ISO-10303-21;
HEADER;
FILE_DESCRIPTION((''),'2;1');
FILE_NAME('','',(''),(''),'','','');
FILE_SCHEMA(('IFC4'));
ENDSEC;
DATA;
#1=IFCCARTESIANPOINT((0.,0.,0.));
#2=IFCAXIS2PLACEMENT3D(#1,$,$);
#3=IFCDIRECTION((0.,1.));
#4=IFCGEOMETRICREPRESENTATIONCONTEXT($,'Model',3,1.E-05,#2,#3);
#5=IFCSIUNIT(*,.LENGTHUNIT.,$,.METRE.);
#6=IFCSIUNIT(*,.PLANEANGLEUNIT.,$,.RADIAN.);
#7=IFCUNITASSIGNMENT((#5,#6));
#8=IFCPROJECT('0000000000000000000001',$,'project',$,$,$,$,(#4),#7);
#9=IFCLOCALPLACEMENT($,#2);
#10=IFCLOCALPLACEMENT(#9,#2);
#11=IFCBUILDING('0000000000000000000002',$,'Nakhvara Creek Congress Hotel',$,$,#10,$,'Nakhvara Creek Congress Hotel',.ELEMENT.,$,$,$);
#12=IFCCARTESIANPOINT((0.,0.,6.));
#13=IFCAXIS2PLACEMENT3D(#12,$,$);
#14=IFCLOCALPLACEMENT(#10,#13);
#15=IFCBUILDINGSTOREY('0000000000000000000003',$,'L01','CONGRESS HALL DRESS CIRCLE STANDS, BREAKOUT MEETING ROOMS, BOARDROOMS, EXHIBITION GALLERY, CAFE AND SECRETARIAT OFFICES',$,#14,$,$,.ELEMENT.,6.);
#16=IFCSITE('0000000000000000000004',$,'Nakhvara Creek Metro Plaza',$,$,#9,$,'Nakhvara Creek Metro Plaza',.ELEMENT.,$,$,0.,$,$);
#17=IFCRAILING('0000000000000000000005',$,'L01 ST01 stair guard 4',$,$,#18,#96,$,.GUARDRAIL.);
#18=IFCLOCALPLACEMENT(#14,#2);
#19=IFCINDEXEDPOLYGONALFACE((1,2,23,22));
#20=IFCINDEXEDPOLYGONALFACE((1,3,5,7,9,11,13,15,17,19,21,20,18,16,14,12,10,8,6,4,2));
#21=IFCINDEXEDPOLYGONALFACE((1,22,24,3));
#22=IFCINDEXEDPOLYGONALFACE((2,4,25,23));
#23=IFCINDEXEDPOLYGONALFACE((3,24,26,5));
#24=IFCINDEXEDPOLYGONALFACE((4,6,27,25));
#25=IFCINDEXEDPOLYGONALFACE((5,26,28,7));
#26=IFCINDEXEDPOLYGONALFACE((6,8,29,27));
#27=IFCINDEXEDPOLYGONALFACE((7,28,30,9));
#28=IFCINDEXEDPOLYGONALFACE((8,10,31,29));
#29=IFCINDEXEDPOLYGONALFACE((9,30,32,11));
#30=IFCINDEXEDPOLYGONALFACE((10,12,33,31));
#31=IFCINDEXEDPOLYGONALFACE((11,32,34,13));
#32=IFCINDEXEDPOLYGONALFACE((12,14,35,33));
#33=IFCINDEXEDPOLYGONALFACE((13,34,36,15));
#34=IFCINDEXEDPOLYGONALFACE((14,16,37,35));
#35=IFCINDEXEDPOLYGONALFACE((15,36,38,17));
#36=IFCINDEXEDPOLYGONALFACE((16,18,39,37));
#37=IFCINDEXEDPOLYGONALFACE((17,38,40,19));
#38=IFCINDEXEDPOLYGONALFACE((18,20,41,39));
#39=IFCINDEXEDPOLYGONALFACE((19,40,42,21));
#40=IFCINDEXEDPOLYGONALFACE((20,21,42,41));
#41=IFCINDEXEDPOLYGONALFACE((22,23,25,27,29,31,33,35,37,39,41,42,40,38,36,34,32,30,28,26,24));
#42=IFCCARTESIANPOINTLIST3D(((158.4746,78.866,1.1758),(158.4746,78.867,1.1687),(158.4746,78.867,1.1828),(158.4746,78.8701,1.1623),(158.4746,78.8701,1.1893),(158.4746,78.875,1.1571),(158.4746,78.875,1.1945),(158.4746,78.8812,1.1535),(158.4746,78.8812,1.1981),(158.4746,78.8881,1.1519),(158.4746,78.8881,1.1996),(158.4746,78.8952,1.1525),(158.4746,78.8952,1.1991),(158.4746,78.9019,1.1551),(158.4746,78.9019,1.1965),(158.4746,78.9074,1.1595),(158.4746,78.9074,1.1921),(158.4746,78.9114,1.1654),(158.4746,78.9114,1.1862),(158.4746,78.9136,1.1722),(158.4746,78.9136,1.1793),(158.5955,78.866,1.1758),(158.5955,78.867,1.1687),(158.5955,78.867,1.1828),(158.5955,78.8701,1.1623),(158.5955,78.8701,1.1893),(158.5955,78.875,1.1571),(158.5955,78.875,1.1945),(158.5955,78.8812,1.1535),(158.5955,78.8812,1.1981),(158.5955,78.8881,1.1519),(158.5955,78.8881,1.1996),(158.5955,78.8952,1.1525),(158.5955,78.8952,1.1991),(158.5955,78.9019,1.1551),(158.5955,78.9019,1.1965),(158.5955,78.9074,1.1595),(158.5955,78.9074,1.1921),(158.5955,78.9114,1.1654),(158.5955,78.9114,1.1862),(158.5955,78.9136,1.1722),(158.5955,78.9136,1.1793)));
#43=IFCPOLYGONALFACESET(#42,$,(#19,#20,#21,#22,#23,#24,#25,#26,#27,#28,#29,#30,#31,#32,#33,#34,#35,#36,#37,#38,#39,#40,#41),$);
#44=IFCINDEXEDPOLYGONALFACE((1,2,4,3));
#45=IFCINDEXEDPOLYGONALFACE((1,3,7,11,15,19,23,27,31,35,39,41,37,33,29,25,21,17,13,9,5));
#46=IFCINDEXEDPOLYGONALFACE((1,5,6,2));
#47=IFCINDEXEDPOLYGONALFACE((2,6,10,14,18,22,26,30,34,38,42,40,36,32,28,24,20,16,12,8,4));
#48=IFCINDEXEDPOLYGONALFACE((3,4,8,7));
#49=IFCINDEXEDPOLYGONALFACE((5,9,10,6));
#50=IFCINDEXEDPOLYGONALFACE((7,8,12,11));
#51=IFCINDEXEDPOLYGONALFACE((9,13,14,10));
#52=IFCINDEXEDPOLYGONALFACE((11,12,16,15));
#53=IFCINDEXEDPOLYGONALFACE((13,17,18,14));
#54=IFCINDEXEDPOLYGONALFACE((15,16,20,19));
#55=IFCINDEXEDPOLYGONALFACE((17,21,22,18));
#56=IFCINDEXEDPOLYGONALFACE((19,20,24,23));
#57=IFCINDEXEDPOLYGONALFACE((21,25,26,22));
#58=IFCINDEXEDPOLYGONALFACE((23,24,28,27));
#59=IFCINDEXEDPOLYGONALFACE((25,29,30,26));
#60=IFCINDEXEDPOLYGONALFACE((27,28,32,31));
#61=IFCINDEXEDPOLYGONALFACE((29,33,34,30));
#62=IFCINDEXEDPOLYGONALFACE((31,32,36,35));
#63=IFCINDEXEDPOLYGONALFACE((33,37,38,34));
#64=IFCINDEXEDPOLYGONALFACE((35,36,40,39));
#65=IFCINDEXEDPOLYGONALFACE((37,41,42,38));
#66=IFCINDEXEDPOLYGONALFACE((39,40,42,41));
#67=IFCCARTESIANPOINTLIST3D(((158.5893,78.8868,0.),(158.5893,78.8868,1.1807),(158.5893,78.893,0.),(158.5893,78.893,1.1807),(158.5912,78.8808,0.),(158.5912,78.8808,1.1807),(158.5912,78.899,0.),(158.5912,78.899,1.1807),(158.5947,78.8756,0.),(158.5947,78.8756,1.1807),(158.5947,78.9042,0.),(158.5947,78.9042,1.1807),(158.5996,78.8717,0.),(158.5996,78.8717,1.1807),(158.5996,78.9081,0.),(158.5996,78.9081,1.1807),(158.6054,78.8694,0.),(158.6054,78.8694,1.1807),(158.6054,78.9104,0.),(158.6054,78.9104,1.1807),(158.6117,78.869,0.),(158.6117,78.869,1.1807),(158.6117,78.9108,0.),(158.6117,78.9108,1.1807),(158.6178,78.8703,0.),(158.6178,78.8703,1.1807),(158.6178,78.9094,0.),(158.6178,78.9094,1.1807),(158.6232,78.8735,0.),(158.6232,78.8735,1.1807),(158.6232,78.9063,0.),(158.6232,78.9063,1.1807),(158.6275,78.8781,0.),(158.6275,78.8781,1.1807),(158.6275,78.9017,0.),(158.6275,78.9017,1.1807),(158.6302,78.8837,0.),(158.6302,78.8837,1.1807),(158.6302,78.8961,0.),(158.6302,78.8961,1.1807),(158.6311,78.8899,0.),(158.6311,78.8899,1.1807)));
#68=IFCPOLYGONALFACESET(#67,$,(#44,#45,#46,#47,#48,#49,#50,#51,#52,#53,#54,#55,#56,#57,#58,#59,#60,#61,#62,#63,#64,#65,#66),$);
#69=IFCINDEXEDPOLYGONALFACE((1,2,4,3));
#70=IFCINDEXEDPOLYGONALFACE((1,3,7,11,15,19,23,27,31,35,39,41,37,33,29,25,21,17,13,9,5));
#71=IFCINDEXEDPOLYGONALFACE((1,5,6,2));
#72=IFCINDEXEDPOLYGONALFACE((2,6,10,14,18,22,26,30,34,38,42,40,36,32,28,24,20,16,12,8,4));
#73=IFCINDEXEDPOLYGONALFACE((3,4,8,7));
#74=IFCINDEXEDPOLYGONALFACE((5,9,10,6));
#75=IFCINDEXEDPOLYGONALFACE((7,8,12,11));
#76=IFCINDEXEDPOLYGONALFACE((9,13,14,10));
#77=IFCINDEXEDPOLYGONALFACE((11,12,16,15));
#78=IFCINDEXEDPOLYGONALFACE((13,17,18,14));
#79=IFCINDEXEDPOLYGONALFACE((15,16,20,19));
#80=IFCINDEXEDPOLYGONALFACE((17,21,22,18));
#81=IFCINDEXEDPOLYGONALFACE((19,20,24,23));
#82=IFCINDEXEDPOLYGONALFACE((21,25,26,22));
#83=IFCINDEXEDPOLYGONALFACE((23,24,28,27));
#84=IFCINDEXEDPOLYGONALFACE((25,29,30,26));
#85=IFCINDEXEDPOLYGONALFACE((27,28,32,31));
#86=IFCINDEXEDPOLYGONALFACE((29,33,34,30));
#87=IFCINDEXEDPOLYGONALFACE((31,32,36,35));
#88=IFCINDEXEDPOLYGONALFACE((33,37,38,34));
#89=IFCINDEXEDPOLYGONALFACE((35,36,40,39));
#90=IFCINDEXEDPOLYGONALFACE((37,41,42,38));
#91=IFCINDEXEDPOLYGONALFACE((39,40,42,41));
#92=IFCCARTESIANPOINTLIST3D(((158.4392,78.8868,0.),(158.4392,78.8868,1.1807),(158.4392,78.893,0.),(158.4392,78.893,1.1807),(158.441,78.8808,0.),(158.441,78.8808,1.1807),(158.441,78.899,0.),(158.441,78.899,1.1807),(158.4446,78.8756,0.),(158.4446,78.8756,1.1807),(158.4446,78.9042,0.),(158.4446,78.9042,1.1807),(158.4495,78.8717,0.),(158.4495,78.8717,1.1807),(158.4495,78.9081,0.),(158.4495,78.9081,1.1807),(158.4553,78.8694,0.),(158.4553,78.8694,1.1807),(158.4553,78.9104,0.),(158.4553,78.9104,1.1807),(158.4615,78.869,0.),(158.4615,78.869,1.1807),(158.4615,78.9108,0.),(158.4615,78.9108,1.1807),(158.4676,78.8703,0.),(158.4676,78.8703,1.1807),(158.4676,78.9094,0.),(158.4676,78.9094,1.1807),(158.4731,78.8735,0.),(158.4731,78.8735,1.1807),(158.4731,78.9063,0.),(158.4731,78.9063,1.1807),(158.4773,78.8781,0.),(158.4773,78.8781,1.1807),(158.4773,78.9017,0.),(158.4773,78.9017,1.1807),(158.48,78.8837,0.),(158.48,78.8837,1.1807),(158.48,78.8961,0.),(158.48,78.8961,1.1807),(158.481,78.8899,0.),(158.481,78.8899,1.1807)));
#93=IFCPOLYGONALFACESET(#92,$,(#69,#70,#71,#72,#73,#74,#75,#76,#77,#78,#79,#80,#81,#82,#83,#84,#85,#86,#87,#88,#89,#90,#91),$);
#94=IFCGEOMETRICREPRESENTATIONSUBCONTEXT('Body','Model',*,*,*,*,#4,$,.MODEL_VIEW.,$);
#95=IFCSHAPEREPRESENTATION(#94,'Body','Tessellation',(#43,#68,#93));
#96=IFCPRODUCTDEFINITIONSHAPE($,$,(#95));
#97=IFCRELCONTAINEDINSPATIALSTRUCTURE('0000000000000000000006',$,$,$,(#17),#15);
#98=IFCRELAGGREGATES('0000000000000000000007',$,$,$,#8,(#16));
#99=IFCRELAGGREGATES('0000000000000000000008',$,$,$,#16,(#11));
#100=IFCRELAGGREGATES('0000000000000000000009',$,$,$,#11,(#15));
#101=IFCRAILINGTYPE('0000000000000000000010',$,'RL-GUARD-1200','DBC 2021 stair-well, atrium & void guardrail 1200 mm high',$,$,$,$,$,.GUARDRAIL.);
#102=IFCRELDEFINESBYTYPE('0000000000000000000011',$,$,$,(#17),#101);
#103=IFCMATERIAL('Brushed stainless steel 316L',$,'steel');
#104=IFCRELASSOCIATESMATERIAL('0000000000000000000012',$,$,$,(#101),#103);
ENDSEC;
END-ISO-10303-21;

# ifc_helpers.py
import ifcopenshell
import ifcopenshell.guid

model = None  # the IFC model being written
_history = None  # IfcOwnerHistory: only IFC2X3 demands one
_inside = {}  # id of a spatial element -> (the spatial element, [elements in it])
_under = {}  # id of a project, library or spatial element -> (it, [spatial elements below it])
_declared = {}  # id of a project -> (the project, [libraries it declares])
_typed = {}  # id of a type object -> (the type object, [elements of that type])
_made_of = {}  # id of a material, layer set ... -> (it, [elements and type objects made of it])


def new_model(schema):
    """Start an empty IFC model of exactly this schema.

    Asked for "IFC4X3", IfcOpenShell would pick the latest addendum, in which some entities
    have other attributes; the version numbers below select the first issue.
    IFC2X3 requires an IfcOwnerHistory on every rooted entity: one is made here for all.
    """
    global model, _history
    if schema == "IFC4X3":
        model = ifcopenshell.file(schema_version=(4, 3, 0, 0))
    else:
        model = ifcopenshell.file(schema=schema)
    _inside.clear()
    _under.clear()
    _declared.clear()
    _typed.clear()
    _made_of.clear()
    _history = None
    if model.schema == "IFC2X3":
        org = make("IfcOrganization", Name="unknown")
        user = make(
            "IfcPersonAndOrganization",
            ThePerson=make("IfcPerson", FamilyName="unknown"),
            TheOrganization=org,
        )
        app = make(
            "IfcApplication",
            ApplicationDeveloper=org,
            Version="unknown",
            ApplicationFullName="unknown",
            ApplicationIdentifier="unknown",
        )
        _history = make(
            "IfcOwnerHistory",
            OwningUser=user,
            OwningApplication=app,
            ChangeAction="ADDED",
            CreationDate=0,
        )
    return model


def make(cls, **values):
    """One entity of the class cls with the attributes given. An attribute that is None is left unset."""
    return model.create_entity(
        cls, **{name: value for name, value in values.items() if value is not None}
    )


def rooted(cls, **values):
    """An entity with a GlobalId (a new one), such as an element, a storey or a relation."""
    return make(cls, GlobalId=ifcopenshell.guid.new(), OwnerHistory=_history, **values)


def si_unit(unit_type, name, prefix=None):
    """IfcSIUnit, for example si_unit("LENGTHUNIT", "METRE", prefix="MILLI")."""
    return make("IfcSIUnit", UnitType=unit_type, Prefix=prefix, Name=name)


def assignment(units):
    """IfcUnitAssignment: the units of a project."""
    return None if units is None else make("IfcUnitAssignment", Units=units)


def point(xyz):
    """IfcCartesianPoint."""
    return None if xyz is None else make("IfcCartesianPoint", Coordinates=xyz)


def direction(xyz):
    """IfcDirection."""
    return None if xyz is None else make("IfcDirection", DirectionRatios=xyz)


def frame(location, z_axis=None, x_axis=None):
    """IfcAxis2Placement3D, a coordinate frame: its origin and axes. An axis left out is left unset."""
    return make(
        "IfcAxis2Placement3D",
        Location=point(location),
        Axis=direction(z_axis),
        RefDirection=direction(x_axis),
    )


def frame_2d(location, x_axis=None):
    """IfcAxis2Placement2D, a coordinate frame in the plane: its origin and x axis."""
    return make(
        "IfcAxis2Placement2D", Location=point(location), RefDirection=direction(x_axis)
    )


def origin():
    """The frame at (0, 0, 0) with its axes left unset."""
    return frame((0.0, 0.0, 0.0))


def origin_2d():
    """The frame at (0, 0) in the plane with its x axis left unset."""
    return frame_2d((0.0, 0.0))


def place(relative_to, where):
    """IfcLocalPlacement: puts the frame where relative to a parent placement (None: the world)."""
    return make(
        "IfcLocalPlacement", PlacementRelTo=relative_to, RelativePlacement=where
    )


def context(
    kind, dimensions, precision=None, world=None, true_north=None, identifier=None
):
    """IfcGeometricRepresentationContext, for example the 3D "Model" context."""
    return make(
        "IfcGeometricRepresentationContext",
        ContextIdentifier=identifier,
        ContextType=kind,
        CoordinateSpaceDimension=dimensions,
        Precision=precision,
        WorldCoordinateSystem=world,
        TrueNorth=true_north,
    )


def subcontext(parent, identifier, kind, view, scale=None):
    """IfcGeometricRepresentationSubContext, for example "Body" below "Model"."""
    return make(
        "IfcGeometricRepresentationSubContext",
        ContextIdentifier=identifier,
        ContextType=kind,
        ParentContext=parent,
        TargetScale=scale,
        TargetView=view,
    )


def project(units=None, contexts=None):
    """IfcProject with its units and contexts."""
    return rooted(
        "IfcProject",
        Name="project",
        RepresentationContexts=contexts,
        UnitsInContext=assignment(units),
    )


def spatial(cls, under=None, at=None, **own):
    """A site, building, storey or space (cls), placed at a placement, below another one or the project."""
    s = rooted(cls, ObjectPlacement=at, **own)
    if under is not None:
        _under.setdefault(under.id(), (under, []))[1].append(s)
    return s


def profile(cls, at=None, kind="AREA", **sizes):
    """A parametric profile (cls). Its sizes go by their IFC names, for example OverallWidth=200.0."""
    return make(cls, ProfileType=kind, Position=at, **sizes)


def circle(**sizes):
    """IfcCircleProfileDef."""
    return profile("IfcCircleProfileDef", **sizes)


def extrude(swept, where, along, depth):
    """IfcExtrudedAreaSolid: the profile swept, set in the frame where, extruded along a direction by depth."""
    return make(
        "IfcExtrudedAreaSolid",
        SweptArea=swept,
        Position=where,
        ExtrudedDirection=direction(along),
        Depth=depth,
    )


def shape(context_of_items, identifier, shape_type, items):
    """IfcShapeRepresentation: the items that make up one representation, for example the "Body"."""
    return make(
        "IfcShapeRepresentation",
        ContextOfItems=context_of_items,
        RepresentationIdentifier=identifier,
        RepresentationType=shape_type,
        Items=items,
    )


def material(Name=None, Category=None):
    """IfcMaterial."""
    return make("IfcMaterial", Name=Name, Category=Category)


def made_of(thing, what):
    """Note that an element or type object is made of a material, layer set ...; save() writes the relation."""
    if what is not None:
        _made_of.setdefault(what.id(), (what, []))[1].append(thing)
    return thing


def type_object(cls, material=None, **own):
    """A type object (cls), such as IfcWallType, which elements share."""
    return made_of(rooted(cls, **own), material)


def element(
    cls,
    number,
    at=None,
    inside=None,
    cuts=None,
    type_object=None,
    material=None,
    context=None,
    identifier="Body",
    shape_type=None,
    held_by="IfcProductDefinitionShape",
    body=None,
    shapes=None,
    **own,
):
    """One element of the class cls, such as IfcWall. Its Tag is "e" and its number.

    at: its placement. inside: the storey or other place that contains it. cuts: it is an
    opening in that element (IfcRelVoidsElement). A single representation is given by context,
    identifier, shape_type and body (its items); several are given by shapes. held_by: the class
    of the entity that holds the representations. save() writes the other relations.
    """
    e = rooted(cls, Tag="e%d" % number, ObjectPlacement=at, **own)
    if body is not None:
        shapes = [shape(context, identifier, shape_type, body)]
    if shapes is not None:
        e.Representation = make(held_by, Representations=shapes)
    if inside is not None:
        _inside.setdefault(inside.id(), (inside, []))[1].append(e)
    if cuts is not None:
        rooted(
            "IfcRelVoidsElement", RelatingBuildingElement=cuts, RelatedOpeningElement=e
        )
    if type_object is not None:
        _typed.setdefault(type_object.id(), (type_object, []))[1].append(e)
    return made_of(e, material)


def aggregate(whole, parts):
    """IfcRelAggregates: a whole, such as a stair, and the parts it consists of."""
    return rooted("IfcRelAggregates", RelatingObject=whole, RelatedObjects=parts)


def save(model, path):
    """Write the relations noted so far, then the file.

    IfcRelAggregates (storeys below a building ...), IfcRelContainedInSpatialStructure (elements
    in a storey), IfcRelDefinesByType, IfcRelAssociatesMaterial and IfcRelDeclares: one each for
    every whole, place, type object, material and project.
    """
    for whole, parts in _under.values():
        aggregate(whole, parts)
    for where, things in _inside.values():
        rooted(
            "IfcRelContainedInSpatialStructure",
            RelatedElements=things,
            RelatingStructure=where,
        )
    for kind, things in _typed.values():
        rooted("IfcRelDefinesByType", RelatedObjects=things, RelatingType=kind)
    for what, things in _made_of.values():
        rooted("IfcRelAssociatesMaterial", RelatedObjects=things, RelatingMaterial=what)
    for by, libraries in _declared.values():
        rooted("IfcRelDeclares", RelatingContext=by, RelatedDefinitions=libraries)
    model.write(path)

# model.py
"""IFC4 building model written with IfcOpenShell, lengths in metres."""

from ifc_helpers import new_model, si_unit, direction, frame, origin, origin_2d, place, context, subcontext, project, spatial, circle, extrude, material, type_object, element, save


model = new_model("IFC4")

# Units and contexts
model_context = context("Model", 3, precision=1e-05, world=origin(), true_north=direction((0.0, 1.0)))
body_context = subcontext(model_context, "Body", "Model", "MODEL_VIEW")
ifc_project = project(units=[si_unit("LENGTHUNIT", "METRE"), si_unit("PLANEANGLEUNIT", "RADIAN")], contexts=[model_context])

# Site, building, storey
site_placement = place(None, origin())
site = spatial("IfcSite", under=ifc_project, at=site_placement, Name="Nakhvara Creek Metro Plaza", LongName="Nakhvara Creek Metro Plaza", CompositionType="ELEMENT", RefElevation=0.0)
building_placement = place(site_placement, origin())
building = spatial("IfcBuilding", under=site, at=building_placement, Name="Nakhvara Creek Congress Hotel", LongName="Nakhvara Creek Congress Hotel", CompositionType="ELEMENT")
storey_placement = place(building_placement, frame((0.0, 0.0, 6.0)))
storey = spatial("IfcBuildingStorey", under=building, at=storey_placement, Name="L01", Description="CONGRESS HALL DRESS CIRCLE STANDS, BREAKOUT MEETING ROOMS, BOARDROOMS, EXHIBITION GALLERY, CAFE AND SECRETARIAT OFFICES", CompositionType="ELEMENT", Elevation=6.0)

# Railing
ifc_material_1 = material(Name="Brushed stainless steel 316L", Category="steel")
railing_type_1 = type_object("IfcRailingType", Name="RL-GUARD-1200", Description="DBC 2021 stair-well, atrium & void guardrail 1200 mm high", PredefinedType="GUARDRAIL", material=ifc_material_1)
railing_1_placement = place(storey_placement, frame((158.6101, 78.8899, 0.0)))
element("IfcRailing", 1, at=railing_1_placement, inside=storey, type_object=railing_type_1, Name="L01 ST01 stair guard 4", PredefinedType="GUARDRAIL", context=body_context, shape_type="SweptSolid", body=[
    extrude(circle(Radius=0.0239, at=origin_2d()), frame((-0.0146, 0.0, 1.1758), z_axis=(-1.0, 0.0, 0.0), x_axis=(0.0, -1.0, 0.0)), (0.0, 0.0, 1.0), 0.1208),
    extrude(circle(Radius=0.021, at=origin_2d()), origin(), (0.0, 0.0, 1.0), 1.1807),
    extrude(circle(Radius=0.021, at=origin_2d()), frame((-0.1501, 0.0, 0.0)), (0.0, 0.0, 1.0), 1.1807),
])

save(model, "model.ifc")
